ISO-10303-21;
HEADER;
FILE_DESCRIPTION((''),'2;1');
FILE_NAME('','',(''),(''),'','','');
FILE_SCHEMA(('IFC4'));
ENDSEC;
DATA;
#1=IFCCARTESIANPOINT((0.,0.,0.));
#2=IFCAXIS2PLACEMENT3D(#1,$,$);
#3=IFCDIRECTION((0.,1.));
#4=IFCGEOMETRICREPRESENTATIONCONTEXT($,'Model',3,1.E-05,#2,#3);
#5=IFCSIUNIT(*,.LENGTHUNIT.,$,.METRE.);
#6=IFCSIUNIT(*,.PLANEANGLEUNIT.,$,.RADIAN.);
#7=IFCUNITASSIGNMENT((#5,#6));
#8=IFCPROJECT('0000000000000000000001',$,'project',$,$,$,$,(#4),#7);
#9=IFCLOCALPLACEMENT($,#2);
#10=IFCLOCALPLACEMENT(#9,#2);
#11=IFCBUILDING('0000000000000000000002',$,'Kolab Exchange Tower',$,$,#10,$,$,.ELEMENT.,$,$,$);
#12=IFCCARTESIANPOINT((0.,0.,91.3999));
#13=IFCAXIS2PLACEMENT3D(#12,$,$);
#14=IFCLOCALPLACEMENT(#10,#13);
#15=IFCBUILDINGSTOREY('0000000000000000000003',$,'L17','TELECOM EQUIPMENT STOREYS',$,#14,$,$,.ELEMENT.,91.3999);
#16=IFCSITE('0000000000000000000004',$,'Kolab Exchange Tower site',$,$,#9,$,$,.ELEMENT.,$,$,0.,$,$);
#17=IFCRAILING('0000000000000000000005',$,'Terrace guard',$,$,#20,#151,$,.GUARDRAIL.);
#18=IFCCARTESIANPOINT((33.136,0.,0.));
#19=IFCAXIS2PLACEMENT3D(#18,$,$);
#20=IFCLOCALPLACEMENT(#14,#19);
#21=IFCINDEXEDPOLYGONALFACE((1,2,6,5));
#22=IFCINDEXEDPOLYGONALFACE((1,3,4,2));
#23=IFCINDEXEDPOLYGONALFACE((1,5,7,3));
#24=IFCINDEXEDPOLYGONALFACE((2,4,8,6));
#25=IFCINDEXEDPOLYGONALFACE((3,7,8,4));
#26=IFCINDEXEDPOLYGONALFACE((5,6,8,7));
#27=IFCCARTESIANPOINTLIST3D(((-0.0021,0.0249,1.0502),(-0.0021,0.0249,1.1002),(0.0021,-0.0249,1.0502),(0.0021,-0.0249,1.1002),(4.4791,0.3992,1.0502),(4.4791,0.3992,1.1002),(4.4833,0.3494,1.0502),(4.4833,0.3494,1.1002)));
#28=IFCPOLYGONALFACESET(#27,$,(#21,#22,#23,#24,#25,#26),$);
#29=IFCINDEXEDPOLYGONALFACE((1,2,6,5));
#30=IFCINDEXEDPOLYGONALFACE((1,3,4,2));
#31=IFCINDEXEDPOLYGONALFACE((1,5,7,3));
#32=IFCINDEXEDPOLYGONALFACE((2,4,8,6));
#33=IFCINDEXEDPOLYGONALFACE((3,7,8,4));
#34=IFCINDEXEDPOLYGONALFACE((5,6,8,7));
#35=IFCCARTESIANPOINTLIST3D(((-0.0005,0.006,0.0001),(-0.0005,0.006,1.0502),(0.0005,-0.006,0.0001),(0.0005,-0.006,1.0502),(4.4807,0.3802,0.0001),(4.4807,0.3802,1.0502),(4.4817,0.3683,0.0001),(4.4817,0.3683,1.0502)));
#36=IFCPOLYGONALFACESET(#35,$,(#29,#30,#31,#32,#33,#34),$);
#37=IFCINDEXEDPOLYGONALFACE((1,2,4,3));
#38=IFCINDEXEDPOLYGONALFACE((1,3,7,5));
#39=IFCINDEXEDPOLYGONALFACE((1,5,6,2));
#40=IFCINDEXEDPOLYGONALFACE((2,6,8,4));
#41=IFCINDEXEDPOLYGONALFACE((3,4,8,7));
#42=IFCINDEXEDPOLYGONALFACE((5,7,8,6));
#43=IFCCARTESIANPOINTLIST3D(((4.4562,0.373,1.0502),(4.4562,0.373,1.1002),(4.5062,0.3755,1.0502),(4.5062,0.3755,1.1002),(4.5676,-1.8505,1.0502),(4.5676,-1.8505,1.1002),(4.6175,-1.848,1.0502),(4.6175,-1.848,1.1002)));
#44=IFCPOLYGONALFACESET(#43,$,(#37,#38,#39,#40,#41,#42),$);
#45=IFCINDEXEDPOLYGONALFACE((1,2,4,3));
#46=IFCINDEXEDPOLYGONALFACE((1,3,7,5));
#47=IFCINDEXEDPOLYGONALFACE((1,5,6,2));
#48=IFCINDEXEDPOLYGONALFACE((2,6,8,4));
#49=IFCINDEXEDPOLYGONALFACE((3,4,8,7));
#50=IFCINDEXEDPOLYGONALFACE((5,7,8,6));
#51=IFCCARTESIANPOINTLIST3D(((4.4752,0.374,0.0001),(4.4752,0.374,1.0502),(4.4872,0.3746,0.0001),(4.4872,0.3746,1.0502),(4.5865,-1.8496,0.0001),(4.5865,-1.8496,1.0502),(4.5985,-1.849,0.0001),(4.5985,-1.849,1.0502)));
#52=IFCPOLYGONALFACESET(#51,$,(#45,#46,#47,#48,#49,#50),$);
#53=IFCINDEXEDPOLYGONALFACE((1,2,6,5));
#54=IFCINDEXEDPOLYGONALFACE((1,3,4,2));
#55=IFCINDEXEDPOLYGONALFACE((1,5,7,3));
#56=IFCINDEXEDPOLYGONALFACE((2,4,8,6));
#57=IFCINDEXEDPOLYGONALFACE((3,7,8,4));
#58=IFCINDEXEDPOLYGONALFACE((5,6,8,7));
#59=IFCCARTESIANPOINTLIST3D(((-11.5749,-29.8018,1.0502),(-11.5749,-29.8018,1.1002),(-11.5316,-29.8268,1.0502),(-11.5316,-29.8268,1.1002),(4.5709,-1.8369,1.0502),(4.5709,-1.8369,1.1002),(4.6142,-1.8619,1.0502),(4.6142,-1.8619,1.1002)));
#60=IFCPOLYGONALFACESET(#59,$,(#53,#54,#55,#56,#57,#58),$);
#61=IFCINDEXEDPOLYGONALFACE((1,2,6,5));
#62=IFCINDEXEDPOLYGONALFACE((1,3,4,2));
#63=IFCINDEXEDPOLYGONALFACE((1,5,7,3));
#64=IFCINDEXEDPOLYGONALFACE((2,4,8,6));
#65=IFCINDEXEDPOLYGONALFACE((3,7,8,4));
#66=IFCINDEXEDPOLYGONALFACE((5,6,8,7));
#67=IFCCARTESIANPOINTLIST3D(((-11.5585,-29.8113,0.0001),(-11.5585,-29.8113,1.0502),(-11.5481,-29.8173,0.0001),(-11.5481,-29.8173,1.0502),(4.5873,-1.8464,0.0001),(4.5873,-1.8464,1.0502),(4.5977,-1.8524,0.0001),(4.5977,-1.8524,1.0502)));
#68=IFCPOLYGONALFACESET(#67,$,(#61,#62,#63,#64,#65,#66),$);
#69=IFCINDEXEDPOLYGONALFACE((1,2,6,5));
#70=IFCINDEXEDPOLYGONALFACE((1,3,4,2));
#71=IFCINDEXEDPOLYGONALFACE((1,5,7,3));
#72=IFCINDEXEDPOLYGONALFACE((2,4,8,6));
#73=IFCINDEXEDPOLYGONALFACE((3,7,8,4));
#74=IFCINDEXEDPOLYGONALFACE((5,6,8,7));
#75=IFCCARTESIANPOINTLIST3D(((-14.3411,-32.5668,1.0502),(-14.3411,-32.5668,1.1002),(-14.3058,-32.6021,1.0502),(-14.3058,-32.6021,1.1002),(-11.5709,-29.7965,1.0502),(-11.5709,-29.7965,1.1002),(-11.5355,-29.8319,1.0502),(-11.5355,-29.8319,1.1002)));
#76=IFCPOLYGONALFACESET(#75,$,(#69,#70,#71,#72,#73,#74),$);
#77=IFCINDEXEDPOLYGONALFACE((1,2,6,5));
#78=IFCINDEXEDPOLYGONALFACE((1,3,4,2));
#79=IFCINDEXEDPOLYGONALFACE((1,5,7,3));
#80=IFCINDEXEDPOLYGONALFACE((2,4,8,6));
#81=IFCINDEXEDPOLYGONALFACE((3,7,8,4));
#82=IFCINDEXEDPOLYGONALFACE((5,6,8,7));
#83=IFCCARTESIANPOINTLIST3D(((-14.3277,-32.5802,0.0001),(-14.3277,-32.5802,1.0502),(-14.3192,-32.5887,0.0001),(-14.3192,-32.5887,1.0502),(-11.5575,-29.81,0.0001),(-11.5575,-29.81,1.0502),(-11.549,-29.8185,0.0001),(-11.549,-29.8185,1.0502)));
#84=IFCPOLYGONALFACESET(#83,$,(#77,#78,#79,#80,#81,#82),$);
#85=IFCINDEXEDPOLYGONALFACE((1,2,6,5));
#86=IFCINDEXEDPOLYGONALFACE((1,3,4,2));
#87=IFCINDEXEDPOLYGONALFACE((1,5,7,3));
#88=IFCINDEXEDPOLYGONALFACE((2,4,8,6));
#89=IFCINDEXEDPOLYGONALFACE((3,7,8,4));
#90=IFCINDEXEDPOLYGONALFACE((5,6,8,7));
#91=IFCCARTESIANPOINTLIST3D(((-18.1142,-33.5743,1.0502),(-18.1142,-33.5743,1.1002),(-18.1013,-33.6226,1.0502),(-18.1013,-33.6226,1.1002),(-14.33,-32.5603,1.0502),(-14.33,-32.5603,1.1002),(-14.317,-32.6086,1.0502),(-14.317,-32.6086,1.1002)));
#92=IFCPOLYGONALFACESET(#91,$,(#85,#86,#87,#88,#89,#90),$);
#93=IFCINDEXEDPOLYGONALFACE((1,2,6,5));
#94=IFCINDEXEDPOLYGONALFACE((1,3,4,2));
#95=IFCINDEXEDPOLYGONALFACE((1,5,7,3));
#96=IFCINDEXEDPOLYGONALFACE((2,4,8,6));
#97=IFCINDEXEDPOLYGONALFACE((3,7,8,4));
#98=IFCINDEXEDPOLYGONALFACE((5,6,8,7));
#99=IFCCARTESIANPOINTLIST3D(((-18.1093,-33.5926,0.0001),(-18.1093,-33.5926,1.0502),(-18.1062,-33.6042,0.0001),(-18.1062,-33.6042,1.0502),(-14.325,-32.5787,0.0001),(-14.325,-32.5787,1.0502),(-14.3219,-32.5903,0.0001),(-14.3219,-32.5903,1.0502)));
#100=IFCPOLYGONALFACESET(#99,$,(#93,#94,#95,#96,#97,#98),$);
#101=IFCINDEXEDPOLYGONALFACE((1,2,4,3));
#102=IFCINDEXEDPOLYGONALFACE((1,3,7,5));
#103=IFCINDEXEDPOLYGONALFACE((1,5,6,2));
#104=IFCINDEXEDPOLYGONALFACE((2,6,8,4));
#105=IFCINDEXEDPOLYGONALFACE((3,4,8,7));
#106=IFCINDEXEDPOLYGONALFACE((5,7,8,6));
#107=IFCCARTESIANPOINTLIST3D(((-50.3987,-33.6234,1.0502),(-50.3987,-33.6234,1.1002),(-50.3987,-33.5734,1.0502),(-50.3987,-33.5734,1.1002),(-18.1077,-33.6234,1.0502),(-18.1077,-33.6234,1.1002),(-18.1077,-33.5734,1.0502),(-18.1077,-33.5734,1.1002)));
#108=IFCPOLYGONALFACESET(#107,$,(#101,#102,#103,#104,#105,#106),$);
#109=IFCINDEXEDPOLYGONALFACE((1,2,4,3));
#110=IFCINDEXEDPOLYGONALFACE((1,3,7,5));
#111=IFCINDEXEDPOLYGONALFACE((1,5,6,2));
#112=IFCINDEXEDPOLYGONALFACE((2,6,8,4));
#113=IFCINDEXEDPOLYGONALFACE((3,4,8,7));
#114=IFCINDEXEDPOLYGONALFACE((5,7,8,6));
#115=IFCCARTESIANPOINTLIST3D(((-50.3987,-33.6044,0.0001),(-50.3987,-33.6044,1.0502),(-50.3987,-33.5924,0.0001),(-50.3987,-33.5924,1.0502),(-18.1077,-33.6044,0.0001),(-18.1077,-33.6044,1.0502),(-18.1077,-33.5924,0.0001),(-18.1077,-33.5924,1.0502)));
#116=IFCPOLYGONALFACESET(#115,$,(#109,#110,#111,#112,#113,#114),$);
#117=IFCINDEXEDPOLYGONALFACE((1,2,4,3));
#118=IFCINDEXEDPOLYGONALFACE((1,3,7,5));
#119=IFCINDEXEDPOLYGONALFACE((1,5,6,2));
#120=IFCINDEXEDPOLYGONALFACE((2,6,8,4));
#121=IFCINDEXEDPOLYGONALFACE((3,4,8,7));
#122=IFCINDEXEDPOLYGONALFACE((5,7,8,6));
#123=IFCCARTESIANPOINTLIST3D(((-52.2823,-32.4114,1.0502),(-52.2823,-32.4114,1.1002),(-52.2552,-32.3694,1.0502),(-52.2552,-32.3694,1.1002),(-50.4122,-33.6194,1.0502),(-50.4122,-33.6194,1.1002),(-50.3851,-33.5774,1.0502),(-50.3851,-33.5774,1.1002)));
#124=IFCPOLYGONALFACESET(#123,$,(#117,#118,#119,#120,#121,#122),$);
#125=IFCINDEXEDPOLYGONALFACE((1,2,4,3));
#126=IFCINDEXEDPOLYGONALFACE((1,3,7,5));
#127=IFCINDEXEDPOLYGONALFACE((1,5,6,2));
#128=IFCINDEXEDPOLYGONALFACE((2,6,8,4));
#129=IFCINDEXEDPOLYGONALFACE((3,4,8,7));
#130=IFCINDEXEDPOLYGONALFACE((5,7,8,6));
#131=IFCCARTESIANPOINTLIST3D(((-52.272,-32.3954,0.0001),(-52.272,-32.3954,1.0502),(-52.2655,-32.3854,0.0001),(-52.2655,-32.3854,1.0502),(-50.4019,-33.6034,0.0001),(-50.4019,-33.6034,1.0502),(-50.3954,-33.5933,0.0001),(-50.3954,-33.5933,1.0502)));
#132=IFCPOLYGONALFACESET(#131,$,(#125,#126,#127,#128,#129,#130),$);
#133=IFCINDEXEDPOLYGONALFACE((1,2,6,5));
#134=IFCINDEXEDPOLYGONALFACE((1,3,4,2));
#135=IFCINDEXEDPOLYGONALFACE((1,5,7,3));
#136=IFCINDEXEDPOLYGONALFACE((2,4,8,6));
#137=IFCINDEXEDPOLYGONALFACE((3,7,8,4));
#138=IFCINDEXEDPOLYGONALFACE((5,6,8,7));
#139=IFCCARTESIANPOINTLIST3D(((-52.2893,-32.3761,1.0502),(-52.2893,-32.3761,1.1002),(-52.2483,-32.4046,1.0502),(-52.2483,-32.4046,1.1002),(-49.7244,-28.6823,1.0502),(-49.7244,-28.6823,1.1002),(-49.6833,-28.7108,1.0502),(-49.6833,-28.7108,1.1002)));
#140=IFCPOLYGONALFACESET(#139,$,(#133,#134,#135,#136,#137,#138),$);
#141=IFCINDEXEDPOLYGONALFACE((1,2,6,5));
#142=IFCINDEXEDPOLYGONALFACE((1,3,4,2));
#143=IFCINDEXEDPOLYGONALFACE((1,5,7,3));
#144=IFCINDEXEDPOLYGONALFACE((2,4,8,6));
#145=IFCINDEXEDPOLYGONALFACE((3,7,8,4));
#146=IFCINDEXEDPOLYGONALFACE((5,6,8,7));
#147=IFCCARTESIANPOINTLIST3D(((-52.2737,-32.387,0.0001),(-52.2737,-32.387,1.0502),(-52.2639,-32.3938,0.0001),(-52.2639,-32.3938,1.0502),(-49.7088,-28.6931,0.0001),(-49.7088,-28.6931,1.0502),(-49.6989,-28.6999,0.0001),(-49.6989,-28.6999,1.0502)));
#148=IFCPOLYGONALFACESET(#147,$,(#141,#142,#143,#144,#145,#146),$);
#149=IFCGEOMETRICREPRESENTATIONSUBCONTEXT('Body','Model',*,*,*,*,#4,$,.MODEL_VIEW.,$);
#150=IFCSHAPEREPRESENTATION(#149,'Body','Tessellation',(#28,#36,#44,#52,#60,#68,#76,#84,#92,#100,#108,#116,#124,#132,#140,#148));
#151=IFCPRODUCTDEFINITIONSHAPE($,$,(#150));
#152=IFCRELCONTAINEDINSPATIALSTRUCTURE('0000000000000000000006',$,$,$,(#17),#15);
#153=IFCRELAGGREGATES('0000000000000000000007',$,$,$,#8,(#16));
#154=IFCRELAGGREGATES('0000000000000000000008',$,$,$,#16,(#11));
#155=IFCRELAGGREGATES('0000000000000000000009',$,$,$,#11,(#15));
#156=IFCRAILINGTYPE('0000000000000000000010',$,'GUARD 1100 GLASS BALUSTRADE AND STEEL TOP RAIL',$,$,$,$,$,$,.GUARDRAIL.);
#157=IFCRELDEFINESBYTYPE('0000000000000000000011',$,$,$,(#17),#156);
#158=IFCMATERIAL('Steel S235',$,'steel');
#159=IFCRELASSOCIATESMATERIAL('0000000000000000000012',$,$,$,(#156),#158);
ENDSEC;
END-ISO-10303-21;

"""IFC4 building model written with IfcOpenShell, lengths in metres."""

from ifc_helpers import new_model, si_unit, direction, frame, frame_2d, origin, origin_2d, place, context, subcontext, project, spatial, rectangle, extrude, material, type_object, element, save


model = new_model("IFC4")

# Units and contexts
model_context = context("Model", 3, precision=1e-05, world=origin(), true_north=direction((0.0, 1.0)))
body_context = subcontext(model_context, "Body", "Model", "MODEL_VIEW")
ifc_project = project(units=[si_unit("LENGTHUNIT", "METRE"), si_unit("PLANEANGLEUNIT", "RADIAN")], contexts=[model_context])

# Site, building, storey
site_placement = place(None, origin())
site = spatial("IfcSite", under=ifc_project, at=site_placement, Name="Kolab Exchange Tower site", CompositionType="ELEMENT", RefElevation=0.0)
building_placement = place(site_placement, origin())
building = spatial("IfcBuilding", under=site, at=building_placement, Name="Kolab Exchange Tower", CompositionType="ELEMENT")
storey_placement = place(building_placement, frame((0.0, 0.0, 91.3999)))
storey = spatial("IfcBuildingStorey", under=building, at=storey_placement, Name="L17", Description="TELECOM EQUIPMENT STOREYS", CompositionType="ELEMENT", Elevation=91.3999)

# Railing
ifc_material_1 = material(Name="Steel S235", Category="steel")
railing_type = type_object("IfcRailingType", Name="GUARD 1100 GLASS BALUSTRADE AND STEEL TOP RAIL", PredefinedType="GUARDRAIL", material=ifc_material_1)
railing_1_placement = place(storey_placement, frame((33.136, 0.0, 0.0)))
element("IfcRailing", 1, at=railing_1_placement, inside=storey, type_object=railing_type, Name="Terrace guard", PredefinedType="GUARDRAIL", context=body_context, shape_type="SweptSolid", body=[
    extrude(rectangle(XDim=0.05, YDim=0.05, at=origin_2d()), frame((0.0, 0.0, 1.0752), z_axis=(0.99653, 0.08323, 0.0), x_axis=(-0.08323, 0.99653, 0.0)), (0.0, 0.0, 1.0), 4.4968),
    extrude(rectangle(XDim=0.012, YDim=1.0501, at=frame_2d((0.0, 0.5251))), frame((0.0, 0.0, 0.0), z_axis=(0.99653, 0.08323, 0.0), x_axis=(-0.08323, 0.99653, 0.0)), (0.0, 0.0, 1.0), 4.4968),
    extrude(rectangle(XDim=0.05, YDim=0.05, at=origin_2d()), frame((4.4812, 0.3743, 1.0752), z_axis=(0.050003, -0.998749, 0.0), x_axis=(0.998749, 0.050003, 0.0)), (0.0, 0.0, 1.0), 2.2263),
    extrude(rectangle(XDim=0.012, YDim=1.0501, at=frame_2d((0.0, 0.5251))), frame((4.4812, 0.3743, 0.0), z_axis=(0.050003, -0.998749, 0.0), x_axis=(0.998749, 0.050003, 0.0)), (0.0, 0.0, 1.0), 2.2263),
    extrude(rectangle(XDim=0.05, YDim=0.05, at=origin_2d()), frame((4.5925, -1.8494, 1.0752), z_axis=(-0.500006, -0.866022, 0.0), x_axis=(0.866022, -0.500006, 0.0)), (0.0, 0.0, 1.0), 32.2913),
    extrude(rectangle(XDim=0.012, YDim=1.0501, at=frame_2d((0.0, 0.5251))), frame((4.5925, -1.8494, 0.0), z_axis=(-0.500006, -0.866022, 0.0), x_axis=(0.866022, -0.500006, 0.0)), (0.0, 0.0, 1.0), 32.2913),
    extrude(rectangle(XDim=0.05, YDim=0.05, at=origin_2d()), frame((-11.5532, -29.8142, 1.0752), z_axis=(-0.707107, -0.707107, 0.0), x_axis=(0.707107, -0.707107, 0.0)), (0.0, 0.0, 1.0), 3.9177),
    extrude(rectangle(XDim=0.012, YDim=1.0501, at=frame_2d((0.0, 0.5251))), frame((-11.5532, -29.8142, 0.0), z_axis=(-0.707107, -0.707107, 0.0), x_axis=(0.707107, -0.707107, 0.0)), (0.0, 0.0, 1.0), 3.9177),
    extrude(rectangle(XDim=0.05, YDim=0.05, at=origin_2d()), frame((-14.3235, -32.5845, 1.0752), z_axis=(-0.965929, -0.258807, 0.0), x_axis=(0.258807, -0.965929, 0.0)), (0.0, 0.0, 1.0), 3.9177),
    extrude(rectangle(XDim=0.012, YDim=1.0501, at=frame_2d((0.0, 0.5251))), frame((-14.3235, -32.5845, 0.0), z_axis=(-0.965929, -0.258807, 0.0), x_axis=(0.258807, -0.965929, 0.0)), (0.0, 0.0, 1.0), 3.9177),
    extrude(rectangle(XDim=0.05, YDim=0.05, at=origin_2d()), frame((-18.1077, -33.5984, 1.0752), z_axis=(-1.0, 0.0, 0.0), x_axis=(0.0, -1.0, 0.0)), (0.0, 0.0, 1.0), 32.291),
    extrude(rectangle(XDim=0.012, YDim=1.0501, at=frame_2d((0.0, 0.5251))), frame((-18.1077, -33.5984, 0.0), z_axis=(-1.0, 0.0, 0.0), x_axis=(0.0, -1.0, 0.0)), (0.0, 0.0, 1.0), 32.291),
    extrude(rectangle(XDim=0.05, YDim=0.05, at=origin_2d()), frame((-50.3987, -33.5984, 1.0752), z_axis=(-0.839994, 0.542596, 0.0), x_axis=(-0.542596, -0.839994, 0.0)), (0.0, 0.0, 1.0), 2.2263),
    extrude(rectangle(XDim=0.012, YDim=1.0501, at=frame_2d((0.0, 0.5251))), frame((-50.3987, -33.5984, 0.0), z_axis=(-0.839994, 0.542596, 0.0), x_axis=(-0.542596, -0.839994, 0.0)), (0.0, 0.0, 1.0), 2.2263),
    extrude(rectangle(XDim=0.05, YDim=0.05, at=origin_2d()), frame((-52.2688, -32.3904, 1.0752), z_axis=(0.570361, 0.821394, 0.0), x_axis=(-0.821394, 0.570361, 0.0)), (0.0, 0.0, 1.0), 4.4971),
    extrude(rectangle(XDim=0.012, YDim=1.0501, at=frame_2d((0.0, 0.5251))), frame((-52.2688, -32.3904, 0.0), z_axis=(0.570361, 0.821394, 0.0), x_axis=(-0.821394, 0.570361, 0.0)), (0.0, 0.0, 1.0), 4.4971),
])

save(model, "model.ifc")
